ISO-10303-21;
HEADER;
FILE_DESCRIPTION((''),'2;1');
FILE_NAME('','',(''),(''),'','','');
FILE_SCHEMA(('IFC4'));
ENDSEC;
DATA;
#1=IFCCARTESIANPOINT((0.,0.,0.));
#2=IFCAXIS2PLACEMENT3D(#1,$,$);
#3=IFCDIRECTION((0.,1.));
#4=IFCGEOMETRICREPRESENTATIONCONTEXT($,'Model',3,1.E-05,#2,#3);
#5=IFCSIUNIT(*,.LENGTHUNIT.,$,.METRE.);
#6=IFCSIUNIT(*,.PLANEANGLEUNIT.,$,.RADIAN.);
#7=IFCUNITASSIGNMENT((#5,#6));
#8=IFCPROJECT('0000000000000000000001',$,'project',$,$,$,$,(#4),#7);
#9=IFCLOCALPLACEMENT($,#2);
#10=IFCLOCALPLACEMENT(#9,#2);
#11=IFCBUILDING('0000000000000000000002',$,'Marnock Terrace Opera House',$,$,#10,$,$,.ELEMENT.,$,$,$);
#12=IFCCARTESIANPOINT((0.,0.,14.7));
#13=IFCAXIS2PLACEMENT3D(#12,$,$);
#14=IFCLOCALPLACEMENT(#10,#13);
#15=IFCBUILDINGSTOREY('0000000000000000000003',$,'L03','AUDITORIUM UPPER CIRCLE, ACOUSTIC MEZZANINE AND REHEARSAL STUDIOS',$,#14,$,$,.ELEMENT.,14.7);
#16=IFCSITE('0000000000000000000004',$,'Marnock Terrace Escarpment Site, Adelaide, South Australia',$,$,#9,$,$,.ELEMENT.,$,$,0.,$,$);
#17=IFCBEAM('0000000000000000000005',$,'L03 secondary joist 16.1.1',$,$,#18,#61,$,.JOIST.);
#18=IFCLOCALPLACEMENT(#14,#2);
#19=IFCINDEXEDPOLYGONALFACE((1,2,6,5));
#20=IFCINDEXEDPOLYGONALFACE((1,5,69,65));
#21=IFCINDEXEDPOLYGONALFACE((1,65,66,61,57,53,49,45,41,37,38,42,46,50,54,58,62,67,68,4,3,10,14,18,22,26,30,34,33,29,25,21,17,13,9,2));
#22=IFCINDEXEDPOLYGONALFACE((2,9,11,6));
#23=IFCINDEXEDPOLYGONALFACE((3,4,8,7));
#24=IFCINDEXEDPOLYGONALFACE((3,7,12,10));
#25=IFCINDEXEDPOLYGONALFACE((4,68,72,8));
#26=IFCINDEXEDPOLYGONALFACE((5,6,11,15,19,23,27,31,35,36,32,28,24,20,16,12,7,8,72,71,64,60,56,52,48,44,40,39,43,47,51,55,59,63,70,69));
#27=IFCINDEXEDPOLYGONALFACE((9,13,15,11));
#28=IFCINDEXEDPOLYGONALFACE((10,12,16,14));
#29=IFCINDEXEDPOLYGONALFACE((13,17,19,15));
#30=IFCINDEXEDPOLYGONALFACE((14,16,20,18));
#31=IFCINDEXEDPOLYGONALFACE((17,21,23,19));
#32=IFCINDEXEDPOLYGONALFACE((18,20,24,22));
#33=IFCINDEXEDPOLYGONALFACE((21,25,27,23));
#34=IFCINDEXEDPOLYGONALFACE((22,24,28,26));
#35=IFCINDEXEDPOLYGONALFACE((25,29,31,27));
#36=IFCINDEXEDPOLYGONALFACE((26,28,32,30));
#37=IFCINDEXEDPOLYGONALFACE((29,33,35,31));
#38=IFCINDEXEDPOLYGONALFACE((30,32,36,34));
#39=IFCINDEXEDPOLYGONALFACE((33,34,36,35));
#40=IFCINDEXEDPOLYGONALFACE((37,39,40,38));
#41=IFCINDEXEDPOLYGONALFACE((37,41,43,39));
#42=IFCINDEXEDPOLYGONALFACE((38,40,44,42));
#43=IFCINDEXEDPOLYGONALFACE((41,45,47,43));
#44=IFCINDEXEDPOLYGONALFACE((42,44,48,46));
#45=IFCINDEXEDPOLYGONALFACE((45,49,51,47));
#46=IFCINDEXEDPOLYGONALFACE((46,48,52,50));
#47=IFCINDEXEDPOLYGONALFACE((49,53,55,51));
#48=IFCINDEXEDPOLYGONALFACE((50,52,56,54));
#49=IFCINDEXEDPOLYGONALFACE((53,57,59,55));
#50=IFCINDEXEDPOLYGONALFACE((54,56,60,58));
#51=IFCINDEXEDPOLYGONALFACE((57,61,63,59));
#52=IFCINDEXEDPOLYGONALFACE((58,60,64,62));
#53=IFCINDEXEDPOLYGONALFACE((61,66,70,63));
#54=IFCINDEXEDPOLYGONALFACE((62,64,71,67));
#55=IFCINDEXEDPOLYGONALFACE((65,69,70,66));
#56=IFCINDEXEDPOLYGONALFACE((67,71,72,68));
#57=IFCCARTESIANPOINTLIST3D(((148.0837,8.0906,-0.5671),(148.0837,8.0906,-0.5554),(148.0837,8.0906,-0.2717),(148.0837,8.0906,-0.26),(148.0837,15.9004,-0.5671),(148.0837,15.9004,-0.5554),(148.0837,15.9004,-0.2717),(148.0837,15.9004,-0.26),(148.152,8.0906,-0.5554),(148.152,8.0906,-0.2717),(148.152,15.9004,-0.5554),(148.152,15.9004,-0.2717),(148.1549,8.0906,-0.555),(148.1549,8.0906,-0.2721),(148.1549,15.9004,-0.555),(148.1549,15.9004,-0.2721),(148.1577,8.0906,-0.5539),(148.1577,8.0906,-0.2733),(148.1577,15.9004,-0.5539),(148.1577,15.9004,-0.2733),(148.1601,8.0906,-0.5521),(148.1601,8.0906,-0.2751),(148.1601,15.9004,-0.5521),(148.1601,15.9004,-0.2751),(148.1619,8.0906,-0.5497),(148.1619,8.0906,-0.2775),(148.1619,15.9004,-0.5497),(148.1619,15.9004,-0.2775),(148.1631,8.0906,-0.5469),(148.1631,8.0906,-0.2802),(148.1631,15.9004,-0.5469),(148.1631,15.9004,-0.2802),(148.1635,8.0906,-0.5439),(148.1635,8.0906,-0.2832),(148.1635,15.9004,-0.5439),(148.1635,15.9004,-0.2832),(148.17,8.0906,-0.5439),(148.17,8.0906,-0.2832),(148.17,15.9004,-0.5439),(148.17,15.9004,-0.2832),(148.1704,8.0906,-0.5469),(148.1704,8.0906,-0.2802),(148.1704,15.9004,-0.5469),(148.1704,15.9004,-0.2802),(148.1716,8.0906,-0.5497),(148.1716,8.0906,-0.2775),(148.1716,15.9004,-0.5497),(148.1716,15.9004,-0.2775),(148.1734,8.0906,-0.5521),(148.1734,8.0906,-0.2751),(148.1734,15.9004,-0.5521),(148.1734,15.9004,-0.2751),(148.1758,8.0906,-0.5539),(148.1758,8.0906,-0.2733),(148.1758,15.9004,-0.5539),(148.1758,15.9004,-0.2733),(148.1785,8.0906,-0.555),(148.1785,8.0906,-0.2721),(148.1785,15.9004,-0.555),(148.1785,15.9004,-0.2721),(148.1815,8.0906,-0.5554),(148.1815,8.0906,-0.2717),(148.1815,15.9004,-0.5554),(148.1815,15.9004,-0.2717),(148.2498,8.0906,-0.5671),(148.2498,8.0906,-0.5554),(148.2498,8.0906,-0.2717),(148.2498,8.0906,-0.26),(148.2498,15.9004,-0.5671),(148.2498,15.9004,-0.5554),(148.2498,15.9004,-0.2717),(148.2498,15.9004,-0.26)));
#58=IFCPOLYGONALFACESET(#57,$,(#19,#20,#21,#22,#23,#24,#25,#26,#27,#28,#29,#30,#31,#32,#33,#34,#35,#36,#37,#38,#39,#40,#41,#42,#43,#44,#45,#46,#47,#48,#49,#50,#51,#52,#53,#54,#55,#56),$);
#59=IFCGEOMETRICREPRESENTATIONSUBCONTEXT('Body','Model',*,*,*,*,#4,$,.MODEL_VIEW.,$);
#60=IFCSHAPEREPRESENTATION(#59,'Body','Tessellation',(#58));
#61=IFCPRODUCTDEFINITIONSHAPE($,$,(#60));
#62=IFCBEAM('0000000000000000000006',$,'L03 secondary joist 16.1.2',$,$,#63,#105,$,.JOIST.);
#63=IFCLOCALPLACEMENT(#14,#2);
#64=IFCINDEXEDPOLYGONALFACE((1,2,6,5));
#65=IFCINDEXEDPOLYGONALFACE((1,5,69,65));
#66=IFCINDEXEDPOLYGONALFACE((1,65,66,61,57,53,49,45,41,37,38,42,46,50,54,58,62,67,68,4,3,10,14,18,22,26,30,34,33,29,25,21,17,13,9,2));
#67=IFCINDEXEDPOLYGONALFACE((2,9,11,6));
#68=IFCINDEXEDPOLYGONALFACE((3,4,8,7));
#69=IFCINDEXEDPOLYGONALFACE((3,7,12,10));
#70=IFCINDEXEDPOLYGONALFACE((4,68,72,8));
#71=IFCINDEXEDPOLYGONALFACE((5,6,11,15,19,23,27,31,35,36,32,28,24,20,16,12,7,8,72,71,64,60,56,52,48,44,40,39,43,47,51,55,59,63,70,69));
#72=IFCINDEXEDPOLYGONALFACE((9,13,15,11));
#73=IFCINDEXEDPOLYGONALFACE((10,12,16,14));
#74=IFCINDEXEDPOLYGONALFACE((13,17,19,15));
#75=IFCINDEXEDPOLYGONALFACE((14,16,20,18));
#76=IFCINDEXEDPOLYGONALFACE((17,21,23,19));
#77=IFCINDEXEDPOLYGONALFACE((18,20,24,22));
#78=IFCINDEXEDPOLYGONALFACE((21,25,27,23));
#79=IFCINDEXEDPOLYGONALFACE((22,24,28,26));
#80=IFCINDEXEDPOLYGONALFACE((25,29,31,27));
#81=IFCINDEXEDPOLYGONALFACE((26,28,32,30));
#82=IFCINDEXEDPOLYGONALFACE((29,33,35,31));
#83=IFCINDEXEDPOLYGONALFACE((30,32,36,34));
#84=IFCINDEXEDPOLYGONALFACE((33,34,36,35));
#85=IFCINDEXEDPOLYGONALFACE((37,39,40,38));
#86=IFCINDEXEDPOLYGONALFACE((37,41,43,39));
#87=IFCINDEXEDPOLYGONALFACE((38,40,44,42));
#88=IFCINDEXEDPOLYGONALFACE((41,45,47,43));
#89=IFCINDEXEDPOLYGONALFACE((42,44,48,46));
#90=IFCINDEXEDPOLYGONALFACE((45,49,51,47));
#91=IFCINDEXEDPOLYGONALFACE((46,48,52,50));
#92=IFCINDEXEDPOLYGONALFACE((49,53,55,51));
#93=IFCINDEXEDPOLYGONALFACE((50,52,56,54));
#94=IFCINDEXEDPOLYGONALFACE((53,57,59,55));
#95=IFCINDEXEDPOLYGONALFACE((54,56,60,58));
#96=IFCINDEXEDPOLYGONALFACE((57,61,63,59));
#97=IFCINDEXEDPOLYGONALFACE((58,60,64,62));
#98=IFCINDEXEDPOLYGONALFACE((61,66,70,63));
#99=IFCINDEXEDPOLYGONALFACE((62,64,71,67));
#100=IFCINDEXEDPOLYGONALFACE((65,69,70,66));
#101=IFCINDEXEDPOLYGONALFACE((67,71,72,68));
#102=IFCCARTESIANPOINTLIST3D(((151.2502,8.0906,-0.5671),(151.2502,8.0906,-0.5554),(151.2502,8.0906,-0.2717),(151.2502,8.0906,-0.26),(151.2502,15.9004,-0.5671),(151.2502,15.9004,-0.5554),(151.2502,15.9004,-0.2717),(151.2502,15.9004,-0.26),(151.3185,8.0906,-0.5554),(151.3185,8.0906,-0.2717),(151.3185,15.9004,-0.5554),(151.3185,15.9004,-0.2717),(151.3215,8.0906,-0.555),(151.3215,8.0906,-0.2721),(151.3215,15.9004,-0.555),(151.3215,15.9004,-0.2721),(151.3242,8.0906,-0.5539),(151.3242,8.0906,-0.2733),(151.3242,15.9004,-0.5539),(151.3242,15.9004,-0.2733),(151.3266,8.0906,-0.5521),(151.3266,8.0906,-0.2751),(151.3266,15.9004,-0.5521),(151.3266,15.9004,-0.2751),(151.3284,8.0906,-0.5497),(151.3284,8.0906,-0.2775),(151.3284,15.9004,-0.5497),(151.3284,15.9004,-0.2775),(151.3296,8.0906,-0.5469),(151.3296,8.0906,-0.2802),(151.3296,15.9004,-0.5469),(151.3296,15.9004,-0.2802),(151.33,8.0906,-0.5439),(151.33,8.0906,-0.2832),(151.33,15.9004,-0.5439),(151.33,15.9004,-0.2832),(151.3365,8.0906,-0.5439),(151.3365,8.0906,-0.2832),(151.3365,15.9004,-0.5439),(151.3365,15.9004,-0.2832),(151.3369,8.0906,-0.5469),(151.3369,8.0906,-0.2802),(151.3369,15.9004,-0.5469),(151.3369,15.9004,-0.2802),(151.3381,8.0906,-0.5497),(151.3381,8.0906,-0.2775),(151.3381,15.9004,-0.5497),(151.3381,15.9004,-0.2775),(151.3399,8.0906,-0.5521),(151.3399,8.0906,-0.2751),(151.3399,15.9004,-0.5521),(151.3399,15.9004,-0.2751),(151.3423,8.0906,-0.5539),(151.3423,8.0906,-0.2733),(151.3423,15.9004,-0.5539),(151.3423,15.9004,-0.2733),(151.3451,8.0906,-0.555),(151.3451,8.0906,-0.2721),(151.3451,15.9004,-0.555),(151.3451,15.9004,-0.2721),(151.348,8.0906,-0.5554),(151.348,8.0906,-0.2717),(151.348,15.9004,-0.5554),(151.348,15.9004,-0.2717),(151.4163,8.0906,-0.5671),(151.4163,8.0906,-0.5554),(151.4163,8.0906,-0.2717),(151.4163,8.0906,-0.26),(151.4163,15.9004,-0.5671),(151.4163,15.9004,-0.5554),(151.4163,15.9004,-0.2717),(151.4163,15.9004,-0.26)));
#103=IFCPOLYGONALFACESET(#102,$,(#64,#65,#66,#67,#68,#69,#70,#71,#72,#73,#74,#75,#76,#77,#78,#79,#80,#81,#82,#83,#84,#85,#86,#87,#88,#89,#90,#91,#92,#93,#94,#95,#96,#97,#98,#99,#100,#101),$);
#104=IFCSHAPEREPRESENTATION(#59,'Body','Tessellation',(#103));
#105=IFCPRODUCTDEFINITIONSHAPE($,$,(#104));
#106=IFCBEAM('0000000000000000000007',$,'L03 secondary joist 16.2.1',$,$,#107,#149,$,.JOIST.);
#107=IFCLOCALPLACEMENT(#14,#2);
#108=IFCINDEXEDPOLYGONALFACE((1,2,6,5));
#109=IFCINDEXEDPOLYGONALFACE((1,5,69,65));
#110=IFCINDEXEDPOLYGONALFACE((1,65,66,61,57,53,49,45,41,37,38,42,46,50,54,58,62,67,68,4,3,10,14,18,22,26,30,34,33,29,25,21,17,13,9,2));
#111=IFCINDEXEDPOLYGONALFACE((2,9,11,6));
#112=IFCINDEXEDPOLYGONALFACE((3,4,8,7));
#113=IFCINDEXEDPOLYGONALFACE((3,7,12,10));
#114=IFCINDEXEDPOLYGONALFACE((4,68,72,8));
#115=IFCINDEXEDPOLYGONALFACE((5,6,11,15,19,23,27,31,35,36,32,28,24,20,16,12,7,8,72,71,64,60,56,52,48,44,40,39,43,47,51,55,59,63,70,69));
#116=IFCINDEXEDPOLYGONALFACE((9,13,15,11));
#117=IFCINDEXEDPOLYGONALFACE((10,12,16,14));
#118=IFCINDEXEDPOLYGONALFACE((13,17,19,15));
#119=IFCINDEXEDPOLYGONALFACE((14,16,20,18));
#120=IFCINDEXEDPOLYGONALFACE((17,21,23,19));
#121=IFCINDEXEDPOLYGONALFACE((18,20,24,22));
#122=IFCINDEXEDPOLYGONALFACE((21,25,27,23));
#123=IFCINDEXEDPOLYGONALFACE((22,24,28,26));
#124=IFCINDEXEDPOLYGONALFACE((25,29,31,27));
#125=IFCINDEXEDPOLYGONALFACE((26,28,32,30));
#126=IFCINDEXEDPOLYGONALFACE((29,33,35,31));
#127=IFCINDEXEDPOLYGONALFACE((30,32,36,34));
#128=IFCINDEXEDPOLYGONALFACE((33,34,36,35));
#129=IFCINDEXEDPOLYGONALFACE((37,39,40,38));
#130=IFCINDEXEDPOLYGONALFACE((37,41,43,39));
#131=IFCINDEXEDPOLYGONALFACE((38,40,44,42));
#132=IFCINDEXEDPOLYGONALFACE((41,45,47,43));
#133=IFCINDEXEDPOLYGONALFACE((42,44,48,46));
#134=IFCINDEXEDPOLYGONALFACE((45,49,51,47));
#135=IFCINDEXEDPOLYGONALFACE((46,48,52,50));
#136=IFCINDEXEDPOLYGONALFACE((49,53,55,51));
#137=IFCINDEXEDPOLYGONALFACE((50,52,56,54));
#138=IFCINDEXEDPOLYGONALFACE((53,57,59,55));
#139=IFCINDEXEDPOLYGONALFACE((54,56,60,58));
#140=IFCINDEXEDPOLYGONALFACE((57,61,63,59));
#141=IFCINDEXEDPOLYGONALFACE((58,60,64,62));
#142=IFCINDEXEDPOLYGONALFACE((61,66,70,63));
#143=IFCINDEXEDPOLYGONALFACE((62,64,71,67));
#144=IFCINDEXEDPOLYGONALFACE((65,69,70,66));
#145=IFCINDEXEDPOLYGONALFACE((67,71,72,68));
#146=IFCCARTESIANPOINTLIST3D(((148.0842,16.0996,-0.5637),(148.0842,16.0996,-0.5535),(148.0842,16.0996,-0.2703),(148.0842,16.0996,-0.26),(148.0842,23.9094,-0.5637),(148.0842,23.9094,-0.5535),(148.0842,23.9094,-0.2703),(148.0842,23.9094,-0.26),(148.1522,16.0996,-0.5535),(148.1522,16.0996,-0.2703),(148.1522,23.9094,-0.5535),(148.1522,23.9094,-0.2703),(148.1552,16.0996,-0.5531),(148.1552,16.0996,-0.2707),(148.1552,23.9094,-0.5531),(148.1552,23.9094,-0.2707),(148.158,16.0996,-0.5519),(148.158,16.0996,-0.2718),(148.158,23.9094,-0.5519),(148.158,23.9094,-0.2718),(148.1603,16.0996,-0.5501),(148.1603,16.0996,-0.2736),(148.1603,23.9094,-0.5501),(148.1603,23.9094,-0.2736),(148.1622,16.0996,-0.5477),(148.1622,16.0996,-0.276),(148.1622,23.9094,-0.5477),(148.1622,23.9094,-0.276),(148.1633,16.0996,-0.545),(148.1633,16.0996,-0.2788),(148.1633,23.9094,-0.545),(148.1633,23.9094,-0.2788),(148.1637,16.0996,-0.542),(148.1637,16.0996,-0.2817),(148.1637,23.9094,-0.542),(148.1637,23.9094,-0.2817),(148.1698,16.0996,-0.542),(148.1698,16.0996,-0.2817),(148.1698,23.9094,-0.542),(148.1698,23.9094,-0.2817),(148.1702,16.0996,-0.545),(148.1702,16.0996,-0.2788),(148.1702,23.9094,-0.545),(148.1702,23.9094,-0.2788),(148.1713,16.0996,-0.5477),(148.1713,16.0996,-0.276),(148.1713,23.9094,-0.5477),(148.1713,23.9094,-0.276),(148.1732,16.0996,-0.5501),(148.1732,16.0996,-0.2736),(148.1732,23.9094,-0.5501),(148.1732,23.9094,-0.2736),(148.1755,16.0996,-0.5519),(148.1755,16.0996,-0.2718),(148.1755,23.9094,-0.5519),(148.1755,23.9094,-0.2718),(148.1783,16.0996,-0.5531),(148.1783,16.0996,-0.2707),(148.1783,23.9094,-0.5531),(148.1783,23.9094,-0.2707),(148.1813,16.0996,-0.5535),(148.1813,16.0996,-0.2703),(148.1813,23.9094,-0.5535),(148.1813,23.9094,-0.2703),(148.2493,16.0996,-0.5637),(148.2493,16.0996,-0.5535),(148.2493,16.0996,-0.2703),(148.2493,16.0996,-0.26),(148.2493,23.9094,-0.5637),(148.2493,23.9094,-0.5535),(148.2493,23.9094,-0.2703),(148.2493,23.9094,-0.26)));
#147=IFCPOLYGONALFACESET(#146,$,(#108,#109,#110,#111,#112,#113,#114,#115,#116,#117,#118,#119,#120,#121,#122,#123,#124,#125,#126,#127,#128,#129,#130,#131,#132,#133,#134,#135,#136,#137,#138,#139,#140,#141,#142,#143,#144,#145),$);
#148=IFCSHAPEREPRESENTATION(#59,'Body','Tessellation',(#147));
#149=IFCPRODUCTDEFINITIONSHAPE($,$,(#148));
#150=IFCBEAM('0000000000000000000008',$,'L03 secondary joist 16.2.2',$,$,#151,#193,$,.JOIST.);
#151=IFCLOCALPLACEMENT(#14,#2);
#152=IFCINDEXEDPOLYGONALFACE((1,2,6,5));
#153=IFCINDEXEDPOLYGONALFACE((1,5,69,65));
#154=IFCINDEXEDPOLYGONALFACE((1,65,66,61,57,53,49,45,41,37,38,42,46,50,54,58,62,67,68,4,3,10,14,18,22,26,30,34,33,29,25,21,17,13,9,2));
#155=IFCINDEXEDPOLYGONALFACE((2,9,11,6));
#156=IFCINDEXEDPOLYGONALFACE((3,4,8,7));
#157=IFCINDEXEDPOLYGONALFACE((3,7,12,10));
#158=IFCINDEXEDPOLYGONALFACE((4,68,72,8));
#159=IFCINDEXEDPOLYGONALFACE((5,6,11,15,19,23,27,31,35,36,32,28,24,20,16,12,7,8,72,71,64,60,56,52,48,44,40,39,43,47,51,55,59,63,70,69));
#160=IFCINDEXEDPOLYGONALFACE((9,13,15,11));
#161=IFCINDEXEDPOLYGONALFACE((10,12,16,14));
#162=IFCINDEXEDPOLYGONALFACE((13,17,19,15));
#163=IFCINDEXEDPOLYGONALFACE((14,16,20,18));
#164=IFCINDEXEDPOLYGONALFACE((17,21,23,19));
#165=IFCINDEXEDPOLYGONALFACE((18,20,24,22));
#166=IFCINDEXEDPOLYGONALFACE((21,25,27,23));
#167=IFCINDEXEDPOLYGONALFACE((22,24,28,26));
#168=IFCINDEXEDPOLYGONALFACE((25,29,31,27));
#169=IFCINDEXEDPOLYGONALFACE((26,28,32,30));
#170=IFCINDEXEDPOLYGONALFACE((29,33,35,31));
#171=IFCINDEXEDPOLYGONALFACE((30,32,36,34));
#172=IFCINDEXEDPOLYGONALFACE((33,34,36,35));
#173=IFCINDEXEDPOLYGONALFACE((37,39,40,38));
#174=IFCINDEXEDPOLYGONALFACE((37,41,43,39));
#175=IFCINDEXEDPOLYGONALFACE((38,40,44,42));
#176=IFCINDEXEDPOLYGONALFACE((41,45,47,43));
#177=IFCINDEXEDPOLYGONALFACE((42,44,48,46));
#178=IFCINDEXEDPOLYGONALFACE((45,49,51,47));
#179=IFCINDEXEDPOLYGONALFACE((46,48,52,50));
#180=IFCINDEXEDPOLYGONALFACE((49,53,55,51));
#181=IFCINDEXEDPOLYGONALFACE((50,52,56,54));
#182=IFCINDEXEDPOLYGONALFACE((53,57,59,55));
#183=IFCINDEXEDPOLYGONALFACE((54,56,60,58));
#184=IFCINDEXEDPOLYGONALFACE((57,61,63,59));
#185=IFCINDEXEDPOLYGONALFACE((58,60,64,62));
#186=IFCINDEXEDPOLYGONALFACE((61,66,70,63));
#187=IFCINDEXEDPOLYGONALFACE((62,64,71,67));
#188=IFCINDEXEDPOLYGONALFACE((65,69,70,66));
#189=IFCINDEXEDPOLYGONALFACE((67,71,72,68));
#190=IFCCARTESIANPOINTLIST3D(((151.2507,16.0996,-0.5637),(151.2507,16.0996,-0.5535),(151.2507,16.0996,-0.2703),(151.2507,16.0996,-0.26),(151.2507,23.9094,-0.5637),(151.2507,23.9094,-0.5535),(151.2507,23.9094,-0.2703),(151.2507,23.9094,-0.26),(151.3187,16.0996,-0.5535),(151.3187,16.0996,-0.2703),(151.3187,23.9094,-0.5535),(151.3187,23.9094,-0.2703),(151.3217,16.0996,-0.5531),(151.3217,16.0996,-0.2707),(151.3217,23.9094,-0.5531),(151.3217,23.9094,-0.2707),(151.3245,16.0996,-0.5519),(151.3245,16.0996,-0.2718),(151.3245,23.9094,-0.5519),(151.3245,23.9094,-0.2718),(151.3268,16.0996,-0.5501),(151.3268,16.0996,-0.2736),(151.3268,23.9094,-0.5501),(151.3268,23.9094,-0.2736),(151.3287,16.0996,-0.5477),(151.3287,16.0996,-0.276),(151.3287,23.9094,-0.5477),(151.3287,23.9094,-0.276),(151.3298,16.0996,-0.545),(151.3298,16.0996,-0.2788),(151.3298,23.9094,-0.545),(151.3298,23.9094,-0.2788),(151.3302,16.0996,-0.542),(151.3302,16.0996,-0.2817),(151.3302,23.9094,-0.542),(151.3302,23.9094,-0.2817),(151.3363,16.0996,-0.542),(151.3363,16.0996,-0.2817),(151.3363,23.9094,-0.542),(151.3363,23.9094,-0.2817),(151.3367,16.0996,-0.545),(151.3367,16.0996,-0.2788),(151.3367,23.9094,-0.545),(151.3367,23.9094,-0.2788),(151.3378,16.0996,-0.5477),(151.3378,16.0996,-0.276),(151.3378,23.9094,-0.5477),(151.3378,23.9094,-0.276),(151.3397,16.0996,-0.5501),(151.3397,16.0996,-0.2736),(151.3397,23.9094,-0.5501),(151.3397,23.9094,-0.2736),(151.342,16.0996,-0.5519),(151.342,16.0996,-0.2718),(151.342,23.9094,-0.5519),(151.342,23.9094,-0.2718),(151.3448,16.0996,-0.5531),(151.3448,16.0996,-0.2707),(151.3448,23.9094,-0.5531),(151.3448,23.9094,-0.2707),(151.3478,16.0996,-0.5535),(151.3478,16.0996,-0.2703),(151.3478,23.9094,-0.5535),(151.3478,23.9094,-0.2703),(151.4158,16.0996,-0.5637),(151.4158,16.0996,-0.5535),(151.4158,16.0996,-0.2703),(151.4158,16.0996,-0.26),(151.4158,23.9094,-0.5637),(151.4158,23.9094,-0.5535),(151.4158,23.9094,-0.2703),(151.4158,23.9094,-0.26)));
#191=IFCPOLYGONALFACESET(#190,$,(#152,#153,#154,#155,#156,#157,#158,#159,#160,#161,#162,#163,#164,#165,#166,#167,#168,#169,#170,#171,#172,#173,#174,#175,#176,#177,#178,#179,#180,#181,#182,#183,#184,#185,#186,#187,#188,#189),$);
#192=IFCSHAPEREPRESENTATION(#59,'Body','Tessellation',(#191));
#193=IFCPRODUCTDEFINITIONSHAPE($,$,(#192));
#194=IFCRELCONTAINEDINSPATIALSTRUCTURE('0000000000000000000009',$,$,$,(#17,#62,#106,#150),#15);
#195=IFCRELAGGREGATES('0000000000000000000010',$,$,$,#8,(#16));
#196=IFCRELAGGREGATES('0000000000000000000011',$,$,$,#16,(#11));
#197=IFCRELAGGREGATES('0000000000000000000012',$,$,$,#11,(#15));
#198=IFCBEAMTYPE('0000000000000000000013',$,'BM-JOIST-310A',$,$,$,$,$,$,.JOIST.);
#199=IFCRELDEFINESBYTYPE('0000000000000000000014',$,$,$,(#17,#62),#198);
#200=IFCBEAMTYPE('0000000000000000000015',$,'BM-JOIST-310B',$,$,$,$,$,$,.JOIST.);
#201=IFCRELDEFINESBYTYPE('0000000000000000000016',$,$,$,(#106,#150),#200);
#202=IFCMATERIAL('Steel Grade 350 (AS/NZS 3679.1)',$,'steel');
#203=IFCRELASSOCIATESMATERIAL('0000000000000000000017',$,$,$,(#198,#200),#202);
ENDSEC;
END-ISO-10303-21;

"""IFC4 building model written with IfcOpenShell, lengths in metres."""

from ifc_helpers import new_model, si_unit, direction, frame, origin, origin_2d, place, context, subcontext, project, spatial, i_section, extrude, material, material_profile, profile_set, type_object, element, save


model = new_model("IFC4")

# Units and contexts
model_context = context("Model", 3, precision=1e-05, world=origin(), true_north=direction((0.0, 1.0)))
body_context = subcontext(model_context, "Body", "Model", "MODEL_VIEW")
ifc_project = project(units=[si_unit("LENGTHUNIT", "METRE"), si_unit("PLANEANGLEUNIT", "RADIAN")], contexts=[model_context])

# Site, building, storey
site_placement = place(None, origin())
site = spatial("IfcSite", under=ifc_project, at=site_placement, Name="Marnock Terrace Escarpment Site, Adelaide, South Australia", CompositionType="ELEMENT", RefElevation=0.0)
building_placement = place(site_placement, origin())
building = spatial("IfcBuilding", under=site, at=building_placement, Name="Marnock Terrace Opera House", CompositionType="ELEMENT")
storey_placement = place(building_placement, frame((0.0, 0.0, 14.7)))
storey = spatial("IfcBuildingStorey", under=building, at=storey_placement, Name="L03", Description="AUDITORIUM UPPER CIRCLE, ACOUSTIC MEZZANINE AND REHEARSAL STUDIOS", CompositionType="ELEMENT", Elevation=14.7)

# Beams
ifc_material_1 = material(Name="Steel Grade 350 (AS/NZS 3679.1)", Category="steel")
ifc_material_profile_1 = material_profile(ifc_material_1, i_section(OverallWidth=0.166, OverallDepth=0.3071, WebThickness=0.0066, FlangeThickness=0.0117, FilletRadius=0.0115, at=origin_2d()))
ifc_profile_set_1 = profile_set([ifc_material_profile_1], Name="Steel Grade 350 (AS/NZS 3679.1)")
beam_type_1 = type_object("IfcBeamType", Name="BM-JOIST-310A", PredefinedType="JOIST", material=ifc_profile_set_1)
for number, where, z_axis, x_axis, name in (
    (1, (148.1667, 8.0906, -0.4136), (0.0, 1.0, 0.0), (-1.0, 0.0, 0.0), "L03 secondary joist 16.1.1"),
    (2, (151.3333, 8.0906, -0.4136), (0.0, 1.0, 0.0), (-1.0, 0.0, 0.0), "L03 secondary joist 16.1.2"),
):
    element("IfcBeam", number, at=place(storey_placement, frame(where, z_axis=z_axis, x_axis=x_axis)), inside=storey, type_object=beam_type_1, Name=name, PredefinedType="JOIST", context=body_context, shape_type="SweptSolid", body=[
        extrude(i_section(OverallWidth=0.166, OverallDepth=0.3071, WebThickness=0.0066, FlangeThickness=0.0117, FilletRadius=0.0115, at=origin_2d()), origin(), (0.0, 0.0, 1.0), 7.8098),
    ])
ifc_material_profile_2 = material_profile(ifc_material_1, i_section(OverallWidth=0.165, OverallDepth=0.3037, WebThickness=0.0061, FlangeThickness=0.0103, FilletRadius=0.0115, at=origin_2d()))
ifc_profile_set_2 = profile_set([ifc_material_profile_2], Name="Steel Grade 350 (AS/NZS 3679.1)")
beam_type_2 = type_object("IfcBeamType", Name="BM-JOIST-310B", PredefinedType="JOIST", material=ifc_profile_set_2)
for number, where, z_axis, x_axis, name in (
    (3, (148.1667, 16.0996, -0.4119), (0.0, 1.0, 0.0), (-1.0, 0.0, 0.0), "L03 secondary joist 16.2.1"),
    (4, (151.3333, 16.0996, -0.4119), (0.0, 1.0, 0.0), (-1.0, 0.0, 0.0), "L03 secondary joist 16.2.2"),
):
    element("IfcBeam", number, at=place(storey_placement, frame(where, z_axis=z_axis, x_axis=x_axis)), inside=storey, type_object=beam_type_2, Name=name, PredefinedType="JOIST", context=body_context, shape_type="SweptSolid", body=[
        extrude(i_section(OverallWidth=0.165, OverallDepth=0.3037, WebThickness=0.0061, FlangeThickness=0.0103, FilletRadius=0.0115, at=origin_2d()), origin(), (0.0, 0.0, 1.0), 7.8098),
    ])

save(model, "model.ifc")
